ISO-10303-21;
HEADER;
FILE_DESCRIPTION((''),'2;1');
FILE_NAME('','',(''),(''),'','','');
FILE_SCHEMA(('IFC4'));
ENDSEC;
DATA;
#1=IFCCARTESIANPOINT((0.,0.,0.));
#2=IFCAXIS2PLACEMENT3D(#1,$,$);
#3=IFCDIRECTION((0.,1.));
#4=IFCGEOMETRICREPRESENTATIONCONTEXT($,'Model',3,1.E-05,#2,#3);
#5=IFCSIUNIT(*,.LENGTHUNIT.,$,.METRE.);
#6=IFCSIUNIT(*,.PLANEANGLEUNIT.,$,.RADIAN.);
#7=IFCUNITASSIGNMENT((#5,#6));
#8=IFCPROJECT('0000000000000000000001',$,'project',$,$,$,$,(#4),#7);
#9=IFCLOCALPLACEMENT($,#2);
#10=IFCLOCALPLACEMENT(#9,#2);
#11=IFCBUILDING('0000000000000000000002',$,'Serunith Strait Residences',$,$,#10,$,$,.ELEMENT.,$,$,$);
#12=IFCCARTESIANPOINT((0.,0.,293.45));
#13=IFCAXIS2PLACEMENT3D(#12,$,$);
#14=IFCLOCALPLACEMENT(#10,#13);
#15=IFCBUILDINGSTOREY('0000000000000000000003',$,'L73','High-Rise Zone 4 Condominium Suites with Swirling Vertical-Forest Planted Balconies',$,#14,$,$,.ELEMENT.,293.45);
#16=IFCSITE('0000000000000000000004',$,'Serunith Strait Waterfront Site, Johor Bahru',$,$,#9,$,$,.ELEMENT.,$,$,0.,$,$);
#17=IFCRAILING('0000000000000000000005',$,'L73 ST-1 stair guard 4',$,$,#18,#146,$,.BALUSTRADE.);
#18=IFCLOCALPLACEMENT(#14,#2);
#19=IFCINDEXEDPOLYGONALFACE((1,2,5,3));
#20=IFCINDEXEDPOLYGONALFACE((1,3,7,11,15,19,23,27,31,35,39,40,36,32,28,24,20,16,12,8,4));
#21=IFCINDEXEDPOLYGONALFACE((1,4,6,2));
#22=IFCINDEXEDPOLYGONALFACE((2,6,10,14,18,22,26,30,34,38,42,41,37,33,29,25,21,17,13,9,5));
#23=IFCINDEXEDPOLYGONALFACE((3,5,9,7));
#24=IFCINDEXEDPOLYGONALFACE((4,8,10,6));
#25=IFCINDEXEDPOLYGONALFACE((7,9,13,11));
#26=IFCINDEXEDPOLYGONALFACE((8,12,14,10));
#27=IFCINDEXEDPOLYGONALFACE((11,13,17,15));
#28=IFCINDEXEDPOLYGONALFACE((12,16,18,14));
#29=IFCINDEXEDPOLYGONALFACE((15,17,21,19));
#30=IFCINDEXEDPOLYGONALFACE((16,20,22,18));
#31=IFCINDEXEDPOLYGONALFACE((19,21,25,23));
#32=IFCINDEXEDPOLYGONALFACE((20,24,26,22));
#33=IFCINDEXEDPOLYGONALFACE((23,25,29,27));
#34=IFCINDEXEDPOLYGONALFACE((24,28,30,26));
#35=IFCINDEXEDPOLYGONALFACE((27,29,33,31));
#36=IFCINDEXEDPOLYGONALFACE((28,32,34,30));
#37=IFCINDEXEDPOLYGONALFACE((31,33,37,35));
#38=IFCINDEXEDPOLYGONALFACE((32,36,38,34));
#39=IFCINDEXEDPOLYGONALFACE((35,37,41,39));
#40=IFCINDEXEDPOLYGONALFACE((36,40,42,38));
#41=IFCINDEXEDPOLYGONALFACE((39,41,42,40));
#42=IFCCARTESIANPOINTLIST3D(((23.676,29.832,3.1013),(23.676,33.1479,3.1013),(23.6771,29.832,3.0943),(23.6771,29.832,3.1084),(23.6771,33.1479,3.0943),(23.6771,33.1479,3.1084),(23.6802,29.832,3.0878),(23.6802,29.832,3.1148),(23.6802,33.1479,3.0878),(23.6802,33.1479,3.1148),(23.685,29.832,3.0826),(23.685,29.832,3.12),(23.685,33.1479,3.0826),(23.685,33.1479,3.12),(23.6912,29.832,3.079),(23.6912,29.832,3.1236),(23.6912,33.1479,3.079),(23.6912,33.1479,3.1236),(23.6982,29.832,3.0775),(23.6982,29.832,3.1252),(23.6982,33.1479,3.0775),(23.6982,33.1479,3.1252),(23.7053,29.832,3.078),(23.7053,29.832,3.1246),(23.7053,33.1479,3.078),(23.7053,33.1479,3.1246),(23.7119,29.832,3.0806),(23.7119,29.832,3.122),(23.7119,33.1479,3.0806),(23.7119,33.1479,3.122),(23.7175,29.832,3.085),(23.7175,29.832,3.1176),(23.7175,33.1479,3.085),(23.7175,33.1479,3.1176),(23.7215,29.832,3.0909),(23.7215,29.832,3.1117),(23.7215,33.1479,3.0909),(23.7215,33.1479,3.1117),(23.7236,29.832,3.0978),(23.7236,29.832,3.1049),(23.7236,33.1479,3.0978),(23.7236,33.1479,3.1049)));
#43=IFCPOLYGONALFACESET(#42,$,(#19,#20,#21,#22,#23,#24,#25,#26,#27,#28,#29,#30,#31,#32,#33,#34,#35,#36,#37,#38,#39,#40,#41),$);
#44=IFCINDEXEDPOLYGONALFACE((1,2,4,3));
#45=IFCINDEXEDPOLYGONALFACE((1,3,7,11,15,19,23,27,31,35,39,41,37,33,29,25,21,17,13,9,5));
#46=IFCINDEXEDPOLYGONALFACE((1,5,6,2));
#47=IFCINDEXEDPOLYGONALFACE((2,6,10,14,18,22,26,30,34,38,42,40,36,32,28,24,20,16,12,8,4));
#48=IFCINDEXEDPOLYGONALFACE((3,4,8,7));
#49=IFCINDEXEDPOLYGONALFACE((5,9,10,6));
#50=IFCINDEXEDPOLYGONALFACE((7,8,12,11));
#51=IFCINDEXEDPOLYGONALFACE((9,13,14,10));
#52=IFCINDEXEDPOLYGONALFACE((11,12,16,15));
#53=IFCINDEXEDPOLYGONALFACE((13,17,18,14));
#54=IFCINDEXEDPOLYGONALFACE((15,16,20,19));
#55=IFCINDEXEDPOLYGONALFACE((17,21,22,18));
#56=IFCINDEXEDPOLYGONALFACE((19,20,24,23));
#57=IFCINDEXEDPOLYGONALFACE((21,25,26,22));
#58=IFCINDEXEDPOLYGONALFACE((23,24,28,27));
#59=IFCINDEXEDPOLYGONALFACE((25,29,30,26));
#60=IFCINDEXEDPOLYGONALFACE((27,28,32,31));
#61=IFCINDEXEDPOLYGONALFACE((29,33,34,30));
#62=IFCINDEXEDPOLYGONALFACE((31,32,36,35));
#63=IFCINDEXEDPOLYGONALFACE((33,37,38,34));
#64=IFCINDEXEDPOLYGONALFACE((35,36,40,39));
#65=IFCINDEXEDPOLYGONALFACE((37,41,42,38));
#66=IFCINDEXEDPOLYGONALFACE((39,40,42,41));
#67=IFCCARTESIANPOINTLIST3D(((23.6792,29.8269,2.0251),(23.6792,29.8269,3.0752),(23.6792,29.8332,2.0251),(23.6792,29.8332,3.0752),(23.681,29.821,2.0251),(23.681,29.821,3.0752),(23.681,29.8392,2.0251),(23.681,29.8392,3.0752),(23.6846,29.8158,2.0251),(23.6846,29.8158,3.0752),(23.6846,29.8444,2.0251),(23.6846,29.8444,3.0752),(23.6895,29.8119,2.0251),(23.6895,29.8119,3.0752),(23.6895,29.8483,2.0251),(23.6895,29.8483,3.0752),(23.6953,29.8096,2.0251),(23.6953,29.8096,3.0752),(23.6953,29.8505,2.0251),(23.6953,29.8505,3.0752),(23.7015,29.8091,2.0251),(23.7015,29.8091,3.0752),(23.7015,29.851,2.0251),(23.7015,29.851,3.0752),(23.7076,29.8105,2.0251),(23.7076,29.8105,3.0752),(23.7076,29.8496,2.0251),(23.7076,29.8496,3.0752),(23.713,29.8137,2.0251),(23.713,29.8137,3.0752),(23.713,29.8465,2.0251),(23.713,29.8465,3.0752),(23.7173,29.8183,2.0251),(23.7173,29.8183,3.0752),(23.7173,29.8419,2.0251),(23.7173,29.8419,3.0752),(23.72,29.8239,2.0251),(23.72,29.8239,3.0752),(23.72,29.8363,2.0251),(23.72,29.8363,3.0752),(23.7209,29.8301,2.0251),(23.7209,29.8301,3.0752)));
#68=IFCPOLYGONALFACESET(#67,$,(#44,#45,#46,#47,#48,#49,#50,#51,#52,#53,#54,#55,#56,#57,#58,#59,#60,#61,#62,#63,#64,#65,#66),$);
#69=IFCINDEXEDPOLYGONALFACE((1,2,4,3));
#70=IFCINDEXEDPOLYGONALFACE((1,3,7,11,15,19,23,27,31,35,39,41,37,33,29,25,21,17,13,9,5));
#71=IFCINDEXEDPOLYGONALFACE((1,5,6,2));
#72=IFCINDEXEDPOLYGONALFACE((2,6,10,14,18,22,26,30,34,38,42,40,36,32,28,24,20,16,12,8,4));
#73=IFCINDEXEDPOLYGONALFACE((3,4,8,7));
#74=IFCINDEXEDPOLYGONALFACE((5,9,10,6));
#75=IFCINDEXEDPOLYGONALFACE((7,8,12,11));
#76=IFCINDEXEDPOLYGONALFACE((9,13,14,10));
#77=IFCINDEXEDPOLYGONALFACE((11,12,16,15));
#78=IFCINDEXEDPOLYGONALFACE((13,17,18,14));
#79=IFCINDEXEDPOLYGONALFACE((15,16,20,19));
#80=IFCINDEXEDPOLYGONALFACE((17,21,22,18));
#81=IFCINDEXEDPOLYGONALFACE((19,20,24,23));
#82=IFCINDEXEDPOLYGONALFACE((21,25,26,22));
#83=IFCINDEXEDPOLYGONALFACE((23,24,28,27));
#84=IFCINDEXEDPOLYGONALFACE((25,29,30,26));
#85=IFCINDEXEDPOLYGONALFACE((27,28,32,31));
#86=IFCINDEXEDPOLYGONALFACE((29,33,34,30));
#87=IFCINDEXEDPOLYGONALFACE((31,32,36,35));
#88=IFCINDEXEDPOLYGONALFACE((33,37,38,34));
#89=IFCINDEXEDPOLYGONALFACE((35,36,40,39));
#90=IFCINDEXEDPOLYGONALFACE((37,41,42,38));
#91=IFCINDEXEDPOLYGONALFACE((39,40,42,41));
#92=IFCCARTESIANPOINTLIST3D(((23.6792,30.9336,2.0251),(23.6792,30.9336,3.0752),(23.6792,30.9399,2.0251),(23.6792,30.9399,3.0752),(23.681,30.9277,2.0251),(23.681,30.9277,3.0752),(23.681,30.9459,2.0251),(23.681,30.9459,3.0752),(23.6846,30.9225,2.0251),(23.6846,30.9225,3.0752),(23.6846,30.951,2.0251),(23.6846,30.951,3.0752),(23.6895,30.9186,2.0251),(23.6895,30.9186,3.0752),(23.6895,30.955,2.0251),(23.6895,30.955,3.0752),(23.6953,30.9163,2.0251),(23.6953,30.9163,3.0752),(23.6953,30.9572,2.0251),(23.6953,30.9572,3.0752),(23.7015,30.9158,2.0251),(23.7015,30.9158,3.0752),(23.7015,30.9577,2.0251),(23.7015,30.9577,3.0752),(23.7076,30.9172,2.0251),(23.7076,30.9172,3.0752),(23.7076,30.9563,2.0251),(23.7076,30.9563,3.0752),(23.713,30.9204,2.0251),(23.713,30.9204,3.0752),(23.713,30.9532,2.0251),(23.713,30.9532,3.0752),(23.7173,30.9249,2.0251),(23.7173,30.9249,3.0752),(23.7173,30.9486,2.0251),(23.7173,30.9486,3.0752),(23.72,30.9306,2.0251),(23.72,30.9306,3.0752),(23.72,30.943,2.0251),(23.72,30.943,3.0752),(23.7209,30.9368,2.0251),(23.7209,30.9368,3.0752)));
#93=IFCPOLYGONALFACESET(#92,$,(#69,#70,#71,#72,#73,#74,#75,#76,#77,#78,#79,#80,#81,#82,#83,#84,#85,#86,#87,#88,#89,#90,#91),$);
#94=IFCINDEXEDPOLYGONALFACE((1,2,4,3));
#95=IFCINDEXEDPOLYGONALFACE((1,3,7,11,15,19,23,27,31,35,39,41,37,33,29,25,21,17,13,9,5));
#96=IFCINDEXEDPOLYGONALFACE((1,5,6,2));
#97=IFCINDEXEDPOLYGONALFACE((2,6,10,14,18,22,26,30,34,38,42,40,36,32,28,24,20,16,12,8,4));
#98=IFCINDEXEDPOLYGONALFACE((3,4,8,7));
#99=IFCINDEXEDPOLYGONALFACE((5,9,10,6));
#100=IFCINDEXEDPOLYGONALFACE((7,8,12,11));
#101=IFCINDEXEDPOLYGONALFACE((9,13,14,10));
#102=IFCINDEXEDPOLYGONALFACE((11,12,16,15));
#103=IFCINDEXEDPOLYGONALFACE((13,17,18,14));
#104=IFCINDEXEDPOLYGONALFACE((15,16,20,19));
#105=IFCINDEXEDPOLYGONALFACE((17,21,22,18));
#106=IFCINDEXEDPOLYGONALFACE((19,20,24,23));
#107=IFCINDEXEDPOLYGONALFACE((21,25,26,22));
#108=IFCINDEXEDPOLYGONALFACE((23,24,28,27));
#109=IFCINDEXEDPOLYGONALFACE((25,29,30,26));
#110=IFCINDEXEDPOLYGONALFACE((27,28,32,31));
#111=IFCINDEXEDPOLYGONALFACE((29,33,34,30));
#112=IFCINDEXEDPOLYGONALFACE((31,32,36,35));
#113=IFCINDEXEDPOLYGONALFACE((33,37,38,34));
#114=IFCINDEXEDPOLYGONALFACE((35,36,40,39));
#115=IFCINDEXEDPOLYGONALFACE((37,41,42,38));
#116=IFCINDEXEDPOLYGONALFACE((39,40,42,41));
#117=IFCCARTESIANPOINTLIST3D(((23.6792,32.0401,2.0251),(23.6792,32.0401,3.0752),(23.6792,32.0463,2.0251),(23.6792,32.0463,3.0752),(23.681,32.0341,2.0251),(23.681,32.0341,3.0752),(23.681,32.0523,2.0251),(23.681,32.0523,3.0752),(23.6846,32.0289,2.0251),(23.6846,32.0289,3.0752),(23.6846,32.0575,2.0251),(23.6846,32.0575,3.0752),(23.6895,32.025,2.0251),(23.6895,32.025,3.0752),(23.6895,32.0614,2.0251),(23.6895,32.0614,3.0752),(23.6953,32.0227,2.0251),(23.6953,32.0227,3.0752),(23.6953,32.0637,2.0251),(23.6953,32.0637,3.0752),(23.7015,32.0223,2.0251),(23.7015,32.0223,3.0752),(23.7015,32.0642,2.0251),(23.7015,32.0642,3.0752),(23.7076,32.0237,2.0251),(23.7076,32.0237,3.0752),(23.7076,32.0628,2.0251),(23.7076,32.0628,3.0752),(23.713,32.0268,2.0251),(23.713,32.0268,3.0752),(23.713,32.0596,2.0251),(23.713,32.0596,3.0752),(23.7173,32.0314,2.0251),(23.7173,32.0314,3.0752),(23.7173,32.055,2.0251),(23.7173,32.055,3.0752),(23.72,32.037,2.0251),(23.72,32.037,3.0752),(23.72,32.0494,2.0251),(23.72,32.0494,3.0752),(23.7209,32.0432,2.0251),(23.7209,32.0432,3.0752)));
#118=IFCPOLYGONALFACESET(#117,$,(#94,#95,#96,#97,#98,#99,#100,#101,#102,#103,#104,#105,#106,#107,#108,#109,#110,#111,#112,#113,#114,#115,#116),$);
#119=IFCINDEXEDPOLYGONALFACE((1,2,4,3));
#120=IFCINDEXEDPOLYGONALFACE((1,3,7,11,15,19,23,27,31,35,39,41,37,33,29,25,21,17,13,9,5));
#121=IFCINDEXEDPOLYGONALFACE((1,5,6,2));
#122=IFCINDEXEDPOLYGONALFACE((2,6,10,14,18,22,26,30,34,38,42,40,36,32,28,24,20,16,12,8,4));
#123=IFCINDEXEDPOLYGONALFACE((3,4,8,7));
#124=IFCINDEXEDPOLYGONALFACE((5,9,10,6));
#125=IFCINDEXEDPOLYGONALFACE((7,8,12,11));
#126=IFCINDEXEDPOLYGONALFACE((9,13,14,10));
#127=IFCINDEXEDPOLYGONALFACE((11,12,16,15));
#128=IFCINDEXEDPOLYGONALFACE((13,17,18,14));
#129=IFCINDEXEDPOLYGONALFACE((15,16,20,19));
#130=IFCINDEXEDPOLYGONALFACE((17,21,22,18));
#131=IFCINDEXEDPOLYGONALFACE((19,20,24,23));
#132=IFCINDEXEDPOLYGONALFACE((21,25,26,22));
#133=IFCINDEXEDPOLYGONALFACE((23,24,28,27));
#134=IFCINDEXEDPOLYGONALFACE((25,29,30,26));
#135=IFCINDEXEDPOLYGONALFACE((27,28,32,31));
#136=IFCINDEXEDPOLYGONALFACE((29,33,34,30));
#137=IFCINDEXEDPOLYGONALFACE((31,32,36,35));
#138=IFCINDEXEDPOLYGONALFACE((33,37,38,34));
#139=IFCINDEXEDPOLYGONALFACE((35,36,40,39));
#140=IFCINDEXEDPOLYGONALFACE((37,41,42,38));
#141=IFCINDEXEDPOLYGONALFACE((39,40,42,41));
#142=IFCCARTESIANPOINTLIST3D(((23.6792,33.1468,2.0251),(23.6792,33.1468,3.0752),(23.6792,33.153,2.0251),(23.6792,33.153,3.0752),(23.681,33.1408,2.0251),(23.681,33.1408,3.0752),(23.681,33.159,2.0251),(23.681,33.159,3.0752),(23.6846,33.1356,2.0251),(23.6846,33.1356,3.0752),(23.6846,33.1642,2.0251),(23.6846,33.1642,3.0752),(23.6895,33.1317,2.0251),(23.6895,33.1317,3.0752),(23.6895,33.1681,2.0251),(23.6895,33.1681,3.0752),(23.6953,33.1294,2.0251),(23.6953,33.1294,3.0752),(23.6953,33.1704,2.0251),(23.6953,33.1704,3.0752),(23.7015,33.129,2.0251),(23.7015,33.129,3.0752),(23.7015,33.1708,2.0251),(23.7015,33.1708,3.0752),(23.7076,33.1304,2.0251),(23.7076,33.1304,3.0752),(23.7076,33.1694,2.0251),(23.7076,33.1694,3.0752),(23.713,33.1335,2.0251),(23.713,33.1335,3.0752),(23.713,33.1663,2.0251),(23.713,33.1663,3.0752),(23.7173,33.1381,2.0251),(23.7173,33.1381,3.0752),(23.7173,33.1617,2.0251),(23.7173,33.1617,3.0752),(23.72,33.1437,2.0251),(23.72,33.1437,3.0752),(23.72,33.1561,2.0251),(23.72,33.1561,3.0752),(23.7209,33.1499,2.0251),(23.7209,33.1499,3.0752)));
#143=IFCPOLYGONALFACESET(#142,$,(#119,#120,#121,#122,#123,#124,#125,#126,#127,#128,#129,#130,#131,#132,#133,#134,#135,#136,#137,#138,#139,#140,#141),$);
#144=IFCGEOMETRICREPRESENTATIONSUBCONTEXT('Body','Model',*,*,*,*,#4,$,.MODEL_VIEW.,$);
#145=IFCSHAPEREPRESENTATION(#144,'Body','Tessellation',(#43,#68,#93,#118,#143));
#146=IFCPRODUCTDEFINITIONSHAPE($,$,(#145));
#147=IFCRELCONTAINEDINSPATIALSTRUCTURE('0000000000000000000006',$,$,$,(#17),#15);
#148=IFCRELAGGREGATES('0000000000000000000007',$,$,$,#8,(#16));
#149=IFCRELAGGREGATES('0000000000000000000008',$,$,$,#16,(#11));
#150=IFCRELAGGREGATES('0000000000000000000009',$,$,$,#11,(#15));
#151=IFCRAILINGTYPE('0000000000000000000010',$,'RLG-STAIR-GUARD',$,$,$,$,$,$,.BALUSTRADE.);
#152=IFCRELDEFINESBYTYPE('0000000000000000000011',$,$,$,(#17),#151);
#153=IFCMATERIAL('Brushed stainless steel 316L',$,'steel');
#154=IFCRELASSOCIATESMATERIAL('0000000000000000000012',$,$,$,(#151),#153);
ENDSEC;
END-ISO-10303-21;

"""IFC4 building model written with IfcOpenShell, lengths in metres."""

from ifc_helpers import new_model, si_unit, direction, frame, origin, origin_2d, place, context, subcontext, project, spatial, circle, extrude, material, type_object, element, save


model = new_model("IFC4")

# Units and contexts
model_context = context("Model", 3, precision=1e-05, world=origin(), true_north=direction((0.0, 1.0)))
body_context = subcontext(model_context, "Body", "Model", "MODEL_VIEW")
ifc_project = project(units=[si_unit("LENGTHUNIT", "METRE"), si_unit("PLANEANGLEUNIT", "RADIAN")], contexts=[model_context])

# Site, building, storey
site_placement = place(None, origin())
site = spatial("IfcSite", under=ifc_project, at=site_placement, Name="Serunith Strait Waterfront Site, Johor Bahru", CompositionType="ELEMENT", RefElevation=0.0)
building_placement = place(site_placement, origin())
building = spatial("IfcBuilding", under=site, at=building_placement, Name="Serunith Strait Residences", CompositionType="ELEMENT")
storey_placement = place(building_placement, frame((0.0, 0.0, 293.45)))
storey = spatial("IfcBuildingStorey", under=building, at=storey_placement, Name="L73", Description="High-Rise Zone 4 Condominium Suites with Swirling Vertical-Forest Planted Balconies", CompositionType="ELEMENT", Elevation=293.45)

# Railing
ifc_material_1 = material(Name="Brushed stainless steel 316L", Category="steel")
railing_type_1 = type_object("IfcRailingType", Name="RLG-STAIR-GUARD", PredefinedType="BALUSTRADE", material=ifc_material_1)
for number, where, name in (
    (1, (23.7, 29.8301, 2.0251), "L73 ST-1 stair guard 4"),
):
    element("IfcRailing", number, at=place(storey_placement, frame(where)), inside=storey, type_object=railing_type_1, Name=name, PredefinedType="BALUSTRADE", context=body_context, shape_type="SweptSolid", body=[
        extrude(circle(Radius=0.0239, at=origin_2d()), frame((0.0, 0.002, 1.0762), z_axis=(0.0, 1.0, 0.0), x_axis=(-1.0, 0.0, 0.0)), (0.0, 0.0, 1.0), 3.3159),
        extrude(circle(Radius=0.021, at=origin_2d()), origin(), (0.0, 0.0, 1.0), 1.05),
        extrude(circle(Radius=0.021, at=origin_2d()), frame((0.0, 1.1067, 0.0)), (0.0, 0.0, 1.0), 1.05),
        extrude(circle(Radius=0.021, at=origin_2d()), frame((0.0, 2.2131, 0.0)), (0.0, 0.0, 1.0), 1.05),
        extrude(circle(Radius=0.021, at=origin_2d()), frame((0.0, 3.3198, 0.0)), (0.0, 0.0, 1.0), 1.05),
    ])

save(model, "model.ifc")
